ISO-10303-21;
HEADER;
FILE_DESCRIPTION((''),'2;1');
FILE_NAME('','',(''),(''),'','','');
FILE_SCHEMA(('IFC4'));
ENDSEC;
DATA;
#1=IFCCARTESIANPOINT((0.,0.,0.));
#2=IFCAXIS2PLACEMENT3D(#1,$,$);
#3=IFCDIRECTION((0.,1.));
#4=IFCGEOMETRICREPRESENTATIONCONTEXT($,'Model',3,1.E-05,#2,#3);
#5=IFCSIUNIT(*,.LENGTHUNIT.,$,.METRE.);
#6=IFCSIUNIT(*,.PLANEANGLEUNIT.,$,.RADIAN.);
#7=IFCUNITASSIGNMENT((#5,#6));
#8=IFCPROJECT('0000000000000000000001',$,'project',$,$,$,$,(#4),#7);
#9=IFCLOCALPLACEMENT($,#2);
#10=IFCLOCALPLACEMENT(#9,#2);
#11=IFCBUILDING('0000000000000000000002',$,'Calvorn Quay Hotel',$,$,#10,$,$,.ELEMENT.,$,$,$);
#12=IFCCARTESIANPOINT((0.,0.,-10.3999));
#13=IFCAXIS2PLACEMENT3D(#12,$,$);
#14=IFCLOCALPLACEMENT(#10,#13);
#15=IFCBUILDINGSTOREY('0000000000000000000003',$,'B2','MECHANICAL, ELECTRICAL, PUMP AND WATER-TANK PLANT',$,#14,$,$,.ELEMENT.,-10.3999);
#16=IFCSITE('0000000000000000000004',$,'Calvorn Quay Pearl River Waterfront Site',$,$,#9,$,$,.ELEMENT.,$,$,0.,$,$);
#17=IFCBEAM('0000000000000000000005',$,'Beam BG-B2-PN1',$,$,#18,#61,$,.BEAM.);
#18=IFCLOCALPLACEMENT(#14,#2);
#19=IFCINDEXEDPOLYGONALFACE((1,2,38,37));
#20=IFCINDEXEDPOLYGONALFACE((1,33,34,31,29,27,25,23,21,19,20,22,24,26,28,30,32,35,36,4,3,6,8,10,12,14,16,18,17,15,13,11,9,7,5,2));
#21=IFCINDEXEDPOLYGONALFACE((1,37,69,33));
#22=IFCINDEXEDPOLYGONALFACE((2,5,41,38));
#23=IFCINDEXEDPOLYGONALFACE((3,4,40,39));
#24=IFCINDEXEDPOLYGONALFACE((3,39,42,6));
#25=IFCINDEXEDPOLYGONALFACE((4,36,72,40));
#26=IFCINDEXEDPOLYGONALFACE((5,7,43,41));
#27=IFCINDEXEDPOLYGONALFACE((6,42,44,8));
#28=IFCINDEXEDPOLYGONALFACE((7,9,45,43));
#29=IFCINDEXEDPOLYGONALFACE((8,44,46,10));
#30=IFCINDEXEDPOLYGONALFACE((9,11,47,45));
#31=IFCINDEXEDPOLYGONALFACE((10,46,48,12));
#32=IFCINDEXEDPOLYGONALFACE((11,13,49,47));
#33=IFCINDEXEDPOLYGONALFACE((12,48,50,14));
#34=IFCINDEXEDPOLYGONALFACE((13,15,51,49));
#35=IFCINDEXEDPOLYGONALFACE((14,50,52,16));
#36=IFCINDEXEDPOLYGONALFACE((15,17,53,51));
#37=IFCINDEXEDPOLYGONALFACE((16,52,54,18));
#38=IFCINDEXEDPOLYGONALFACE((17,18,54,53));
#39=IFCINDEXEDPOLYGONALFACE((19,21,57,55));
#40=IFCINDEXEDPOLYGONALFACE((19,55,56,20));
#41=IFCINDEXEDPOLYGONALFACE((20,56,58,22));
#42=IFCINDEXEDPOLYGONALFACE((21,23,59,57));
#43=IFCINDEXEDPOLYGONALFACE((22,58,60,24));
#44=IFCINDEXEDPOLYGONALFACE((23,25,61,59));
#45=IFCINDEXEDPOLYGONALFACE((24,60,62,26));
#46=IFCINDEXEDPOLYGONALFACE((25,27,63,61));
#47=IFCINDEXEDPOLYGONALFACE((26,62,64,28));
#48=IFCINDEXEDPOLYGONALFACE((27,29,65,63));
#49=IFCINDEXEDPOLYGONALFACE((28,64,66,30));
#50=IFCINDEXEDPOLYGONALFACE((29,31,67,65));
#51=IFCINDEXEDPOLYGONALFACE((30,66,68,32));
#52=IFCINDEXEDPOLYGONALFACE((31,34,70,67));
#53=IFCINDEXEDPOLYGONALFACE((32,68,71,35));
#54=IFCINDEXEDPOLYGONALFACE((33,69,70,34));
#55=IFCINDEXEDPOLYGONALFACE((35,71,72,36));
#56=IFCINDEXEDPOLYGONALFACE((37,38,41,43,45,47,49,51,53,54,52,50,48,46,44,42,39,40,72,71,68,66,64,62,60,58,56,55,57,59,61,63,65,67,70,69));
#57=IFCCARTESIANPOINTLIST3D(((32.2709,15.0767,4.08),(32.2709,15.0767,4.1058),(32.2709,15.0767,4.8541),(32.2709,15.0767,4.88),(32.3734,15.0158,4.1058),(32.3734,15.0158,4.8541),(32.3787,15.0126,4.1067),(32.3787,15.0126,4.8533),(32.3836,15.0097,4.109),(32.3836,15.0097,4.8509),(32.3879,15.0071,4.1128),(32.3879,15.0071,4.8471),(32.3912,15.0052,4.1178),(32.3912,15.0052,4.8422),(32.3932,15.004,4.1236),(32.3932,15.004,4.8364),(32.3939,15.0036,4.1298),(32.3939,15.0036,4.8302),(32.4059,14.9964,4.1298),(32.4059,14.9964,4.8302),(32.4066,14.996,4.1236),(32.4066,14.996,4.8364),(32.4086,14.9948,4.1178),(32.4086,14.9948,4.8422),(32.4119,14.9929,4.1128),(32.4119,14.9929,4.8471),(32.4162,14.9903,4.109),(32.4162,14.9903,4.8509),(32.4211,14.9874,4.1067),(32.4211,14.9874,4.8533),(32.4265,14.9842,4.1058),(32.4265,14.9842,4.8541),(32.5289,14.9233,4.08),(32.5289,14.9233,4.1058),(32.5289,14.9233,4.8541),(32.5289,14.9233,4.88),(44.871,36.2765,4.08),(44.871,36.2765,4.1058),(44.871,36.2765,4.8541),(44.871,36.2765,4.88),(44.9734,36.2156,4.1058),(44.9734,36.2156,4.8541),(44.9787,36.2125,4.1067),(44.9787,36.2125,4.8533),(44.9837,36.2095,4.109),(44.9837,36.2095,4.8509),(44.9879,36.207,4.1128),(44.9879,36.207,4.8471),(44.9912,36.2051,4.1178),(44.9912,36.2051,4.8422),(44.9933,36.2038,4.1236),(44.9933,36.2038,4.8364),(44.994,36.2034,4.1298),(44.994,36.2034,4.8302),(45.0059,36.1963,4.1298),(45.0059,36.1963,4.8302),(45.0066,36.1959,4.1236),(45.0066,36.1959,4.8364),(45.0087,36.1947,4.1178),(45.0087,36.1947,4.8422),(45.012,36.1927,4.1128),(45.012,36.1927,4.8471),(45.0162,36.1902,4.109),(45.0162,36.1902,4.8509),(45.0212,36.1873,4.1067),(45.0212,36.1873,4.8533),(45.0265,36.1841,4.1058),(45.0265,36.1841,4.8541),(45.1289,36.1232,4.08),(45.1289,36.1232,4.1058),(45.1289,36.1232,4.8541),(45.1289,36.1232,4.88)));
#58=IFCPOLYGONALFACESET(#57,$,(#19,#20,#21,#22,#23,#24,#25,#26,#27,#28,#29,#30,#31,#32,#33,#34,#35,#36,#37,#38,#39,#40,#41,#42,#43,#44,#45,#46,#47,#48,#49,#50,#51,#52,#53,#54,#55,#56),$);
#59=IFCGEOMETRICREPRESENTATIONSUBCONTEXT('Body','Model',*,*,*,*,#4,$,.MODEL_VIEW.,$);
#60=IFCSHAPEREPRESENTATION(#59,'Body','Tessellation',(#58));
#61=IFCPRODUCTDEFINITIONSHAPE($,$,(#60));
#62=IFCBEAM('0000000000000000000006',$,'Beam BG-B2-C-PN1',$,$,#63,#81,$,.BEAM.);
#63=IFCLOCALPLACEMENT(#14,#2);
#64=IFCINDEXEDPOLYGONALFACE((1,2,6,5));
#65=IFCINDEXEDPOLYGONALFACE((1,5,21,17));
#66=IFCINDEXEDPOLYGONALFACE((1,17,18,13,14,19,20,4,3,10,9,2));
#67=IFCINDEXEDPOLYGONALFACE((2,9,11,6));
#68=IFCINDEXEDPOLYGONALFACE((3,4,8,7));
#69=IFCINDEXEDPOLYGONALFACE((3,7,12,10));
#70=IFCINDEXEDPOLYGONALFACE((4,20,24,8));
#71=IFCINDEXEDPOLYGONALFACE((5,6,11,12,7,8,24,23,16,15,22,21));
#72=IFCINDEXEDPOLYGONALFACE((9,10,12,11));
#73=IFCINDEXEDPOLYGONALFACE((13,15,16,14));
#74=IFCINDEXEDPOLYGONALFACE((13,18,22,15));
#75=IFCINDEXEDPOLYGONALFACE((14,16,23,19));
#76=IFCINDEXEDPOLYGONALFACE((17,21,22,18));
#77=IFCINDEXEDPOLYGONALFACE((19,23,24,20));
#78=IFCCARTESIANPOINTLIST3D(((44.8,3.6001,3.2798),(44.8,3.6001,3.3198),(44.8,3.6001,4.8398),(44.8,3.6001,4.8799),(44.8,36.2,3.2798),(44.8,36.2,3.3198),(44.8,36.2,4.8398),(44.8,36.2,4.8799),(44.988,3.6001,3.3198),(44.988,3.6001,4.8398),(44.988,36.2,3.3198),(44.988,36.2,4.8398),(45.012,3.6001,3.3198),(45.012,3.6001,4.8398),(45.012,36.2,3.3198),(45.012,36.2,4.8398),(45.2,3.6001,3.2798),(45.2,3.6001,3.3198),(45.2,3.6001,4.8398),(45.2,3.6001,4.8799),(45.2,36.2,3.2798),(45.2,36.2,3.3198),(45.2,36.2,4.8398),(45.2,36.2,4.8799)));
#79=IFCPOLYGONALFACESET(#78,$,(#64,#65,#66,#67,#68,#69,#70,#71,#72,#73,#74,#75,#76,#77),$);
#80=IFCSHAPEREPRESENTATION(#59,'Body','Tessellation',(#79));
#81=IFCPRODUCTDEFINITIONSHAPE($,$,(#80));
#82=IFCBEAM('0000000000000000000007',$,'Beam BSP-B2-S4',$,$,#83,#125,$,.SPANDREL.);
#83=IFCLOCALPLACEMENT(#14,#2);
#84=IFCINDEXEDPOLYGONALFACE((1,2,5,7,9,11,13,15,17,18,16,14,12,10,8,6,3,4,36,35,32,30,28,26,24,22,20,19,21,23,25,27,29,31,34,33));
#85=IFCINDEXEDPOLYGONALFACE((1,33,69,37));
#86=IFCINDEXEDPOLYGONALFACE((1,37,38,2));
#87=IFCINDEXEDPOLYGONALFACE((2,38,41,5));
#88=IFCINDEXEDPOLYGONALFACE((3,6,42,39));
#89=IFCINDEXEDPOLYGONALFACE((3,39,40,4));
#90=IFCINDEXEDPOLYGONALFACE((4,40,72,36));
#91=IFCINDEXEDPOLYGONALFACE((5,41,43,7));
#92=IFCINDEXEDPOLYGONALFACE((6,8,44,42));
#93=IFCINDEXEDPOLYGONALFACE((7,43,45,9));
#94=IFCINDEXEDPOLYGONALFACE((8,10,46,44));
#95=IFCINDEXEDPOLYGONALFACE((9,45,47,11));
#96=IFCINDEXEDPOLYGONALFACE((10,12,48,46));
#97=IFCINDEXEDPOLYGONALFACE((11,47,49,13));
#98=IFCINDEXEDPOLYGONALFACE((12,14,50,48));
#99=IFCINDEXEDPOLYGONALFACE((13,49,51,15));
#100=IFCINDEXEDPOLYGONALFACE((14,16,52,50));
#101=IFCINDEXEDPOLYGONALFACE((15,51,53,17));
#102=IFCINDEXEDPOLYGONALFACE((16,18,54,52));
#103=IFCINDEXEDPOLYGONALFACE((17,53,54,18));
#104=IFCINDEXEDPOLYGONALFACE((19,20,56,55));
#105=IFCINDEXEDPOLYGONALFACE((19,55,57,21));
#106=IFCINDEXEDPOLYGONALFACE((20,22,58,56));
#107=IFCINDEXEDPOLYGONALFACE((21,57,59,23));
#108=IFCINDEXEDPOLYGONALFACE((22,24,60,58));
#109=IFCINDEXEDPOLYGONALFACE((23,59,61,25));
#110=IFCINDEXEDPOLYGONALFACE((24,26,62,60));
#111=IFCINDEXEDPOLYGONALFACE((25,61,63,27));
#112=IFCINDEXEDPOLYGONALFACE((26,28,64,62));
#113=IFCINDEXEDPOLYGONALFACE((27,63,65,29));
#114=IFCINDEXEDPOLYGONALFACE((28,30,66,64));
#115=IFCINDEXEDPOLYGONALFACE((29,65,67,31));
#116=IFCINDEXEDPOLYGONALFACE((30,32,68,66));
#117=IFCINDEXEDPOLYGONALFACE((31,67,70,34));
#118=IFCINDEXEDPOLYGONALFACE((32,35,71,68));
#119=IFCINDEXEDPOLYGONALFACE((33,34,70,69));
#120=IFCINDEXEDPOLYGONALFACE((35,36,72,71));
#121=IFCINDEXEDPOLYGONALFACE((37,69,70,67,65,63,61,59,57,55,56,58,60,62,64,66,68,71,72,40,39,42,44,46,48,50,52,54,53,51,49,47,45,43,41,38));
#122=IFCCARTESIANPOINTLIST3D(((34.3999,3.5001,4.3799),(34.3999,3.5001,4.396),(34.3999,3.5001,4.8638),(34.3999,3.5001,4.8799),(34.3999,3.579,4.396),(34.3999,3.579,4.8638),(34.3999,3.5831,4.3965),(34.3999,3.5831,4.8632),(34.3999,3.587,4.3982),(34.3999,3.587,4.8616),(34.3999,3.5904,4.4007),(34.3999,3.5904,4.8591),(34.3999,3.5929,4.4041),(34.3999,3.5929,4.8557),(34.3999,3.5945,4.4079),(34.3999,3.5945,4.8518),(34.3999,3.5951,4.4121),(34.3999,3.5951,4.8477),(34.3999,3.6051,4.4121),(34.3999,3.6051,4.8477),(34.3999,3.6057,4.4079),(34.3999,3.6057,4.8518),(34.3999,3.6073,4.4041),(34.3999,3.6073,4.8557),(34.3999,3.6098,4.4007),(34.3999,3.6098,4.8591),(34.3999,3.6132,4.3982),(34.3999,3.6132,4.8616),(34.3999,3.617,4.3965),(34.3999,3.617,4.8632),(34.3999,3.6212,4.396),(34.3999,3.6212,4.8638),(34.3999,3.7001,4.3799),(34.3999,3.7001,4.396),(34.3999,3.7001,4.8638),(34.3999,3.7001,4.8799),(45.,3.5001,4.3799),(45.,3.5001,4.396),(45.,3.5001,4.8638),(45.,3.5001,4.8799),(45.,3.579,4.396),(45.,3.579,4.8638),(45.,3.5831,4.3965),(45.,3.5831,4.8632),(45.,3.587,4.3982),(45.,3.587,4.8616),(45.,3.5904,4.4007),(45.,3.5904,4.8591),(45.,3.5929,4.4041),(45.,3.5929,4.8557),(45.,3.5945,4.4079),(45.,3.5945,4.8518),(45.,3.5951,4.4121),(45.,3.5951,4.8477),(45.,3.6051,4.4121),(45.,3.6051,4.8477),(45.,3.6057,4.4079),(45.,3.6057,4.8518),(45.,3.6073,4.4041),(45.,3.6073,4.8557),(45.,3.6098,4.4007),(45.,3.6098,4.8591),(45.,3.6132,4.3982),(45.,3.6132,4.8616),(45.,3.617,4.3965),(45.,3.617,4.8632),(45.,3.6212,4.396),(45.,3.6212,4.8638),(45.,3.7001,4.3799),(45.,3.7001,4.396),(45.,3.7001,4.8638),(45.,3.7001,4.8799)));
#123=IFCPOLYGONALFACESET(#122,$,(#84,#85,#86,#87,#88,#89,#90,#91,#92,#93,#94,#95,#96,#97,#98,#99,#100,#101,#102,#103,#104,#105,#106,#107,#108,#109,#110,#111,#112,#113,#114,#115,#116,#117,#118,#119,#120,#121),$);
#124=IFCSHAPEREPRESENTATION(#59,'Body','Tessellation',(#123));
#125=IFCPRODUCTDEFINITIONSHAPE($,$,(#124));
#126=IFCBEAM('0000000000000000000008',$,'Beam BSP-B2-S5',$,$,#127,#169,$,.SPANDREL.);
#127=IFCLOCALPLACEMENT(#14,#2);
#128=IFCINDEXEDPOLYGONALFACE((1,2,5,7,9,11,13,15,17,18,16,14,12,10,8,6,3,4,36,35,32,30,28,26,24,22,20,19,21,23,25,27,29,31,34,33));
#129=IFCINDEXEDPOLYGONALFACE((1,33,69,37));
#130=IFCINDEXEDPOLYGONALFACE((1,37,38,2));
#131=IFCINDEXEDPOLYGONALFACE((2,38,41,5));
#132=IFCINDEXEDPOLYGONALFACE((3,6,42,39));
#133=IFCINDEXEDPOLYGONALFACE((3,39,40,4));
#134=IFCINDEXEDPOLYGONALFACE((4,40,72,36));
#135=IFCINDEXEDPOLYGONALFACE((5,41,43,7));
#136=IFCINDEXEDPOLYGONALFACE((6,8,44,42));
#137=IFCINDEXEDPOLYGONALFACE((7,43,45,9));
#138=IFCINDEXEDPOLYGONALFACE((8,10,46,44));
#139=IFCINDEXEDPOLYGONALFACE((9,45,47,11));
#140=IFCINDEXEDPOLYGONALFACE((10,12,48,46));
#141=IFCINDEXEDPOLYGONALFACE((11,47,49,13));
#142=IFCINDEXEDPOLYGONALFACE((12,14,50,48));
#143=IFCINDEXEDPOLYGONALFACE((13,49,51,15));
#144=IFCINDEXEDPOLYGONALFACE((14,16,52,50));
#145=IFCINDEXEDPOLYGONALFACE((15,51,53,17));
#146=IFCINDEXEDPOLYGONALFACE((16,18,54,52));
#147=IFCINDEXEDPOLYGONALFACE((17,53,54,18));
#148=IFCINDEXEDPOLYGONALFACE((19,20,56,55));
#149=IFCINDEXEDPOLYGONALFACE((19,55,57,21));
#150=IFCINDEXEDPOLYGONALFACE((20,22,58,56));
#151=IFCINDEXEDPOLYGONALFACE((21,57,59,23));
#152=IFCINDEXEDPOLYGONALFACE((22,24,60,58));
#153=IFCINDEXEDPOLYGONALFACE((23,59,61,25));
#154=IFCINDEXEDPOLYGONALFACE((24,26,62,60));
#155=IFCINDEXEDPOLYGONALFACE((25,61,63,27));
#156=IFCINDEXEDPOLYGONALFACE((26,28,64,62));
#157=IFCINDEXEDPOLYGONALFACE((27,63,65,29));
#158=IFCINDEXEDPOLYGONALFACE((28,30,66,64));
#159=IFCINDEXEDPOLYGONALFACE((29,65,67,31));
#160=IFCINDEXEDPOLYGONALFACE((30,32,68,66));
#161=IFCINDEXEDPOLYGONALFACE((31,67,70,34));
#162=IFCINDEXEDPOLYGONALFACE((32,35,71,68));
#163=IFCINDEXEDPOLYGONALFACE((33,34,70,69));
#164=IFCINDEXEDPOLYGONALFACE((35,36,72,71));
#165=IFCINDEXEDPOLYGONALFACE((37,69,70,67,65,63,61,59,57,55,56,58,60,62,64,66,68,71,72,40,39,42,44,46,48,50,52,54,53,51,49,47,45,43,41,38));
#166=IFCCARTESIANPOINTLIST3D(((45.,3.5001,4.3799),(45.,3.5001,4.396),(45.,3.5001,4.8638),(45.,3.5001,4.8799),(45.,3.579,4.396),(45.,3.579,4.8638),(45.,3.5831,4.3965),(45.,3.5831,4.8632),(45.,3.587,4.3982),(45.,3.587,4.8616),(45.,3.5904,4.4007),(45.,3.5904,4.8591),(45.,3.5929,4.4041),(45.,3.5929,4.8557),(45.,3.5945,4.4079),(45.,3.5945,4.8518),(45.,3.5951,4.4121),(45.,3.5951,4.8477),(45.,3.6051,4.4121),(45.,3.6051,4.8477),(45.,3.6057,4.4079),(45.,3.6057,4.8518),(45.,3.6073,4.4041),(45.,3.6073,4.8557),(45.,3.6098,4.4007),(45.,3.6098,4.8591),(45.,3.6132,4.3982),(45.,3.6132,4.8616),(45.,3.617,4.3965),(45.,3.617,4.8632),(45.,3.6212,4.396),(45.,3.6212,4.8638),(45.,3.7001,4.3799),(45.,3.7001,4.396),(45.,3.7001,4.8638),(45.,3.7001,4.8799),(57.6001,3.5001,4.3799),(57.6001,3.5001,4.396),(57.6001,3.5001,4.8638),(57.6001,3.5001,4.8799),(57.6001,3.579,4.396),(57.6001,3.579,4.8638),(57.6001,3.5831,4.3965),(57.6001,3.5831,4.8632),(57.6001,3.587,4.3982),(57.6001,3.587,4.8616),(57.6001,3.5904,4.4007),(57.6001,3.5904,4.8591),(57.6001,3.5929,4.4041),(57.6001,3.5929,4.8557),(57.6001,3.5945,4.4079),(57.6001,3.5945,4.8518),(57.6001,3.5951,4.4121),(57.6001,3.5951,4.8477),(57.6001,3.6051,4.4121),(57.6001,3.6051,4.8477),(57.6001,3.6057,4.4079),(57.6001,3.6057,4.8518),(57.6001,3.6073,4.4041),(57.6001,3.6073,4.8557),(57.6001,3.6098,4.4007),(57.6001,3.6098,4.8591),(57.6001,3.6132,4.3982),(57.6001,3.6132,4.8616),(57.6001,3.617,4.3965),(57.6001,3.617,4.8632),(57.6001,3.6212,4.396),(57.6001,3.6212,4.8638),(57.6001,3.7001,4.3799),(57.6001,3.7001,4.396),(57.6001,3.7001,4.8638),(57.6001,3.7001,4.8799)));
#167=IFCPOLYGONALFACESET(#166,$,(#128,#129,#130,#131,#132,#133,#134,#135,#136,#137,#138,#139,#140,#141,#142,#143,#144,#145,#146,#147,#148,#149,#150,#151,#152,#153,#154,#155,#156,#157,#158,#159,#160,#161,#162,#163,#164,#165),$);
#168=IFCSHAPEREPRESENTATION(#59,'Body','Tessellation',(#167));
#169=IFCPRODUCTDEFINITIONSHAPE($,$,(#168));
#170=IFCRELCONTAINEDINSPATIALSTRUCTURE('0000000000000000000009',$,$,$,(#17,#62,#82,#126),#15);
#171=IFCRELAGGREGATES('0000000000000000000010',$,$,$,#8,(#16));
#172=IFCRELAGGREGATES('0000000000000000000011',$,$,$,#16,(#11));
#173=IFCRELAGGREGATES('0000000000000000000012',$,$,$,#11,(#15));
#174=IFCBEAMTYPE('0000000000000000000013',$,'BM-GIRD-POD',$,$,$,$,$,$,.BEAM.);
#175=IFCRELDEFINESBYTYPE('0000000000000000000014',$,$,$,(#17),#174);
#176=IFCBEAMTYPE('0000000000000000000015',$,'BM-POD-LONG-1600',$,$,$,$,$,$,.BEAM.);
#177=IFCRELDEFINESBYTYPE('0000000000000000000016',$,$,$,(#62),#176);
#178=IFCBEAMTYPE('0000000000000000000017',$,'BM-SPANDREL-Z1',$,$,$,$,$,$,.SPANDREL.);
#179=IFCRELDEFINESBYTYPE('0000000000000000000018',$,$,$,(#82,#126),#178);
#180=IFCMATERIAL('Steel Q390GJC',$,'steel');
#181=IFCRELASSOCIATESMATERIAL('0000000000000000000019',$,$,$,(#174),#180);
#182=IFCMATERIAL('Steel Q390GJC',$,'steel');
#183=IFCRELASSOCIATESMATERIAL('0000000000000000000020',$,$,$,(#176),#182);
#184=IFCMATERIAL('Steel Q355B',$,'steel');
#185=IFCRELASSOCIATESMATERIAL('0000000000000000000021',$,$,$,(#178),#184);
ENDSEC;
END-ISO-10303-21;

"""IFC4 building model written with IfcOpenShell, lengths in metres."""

from ifc_helpers import new_model, si_unit, direction, frame, origin, origin_2d, place, context, subcontext, project, spatial, i_section, extrude, material, material_profile, profile_set, type_object, element, save


model = new_model("IFC4")

# Units and contexts
model_context = context("Model", 3, precision=1e-05, world=origin(), true_north=direction((0.0, 1.0)))
body_context = subcontext(model_context, "Body", "Model", "MODEL_VIEW")
ifc_project = project(units=[si_unit("LENGTHUNIT", "METRE"), si_unit("PLANEANGLEUNIT", "RADIAN")], contexts=[model_context])

# Site, building, storey
site_placement = place(None, origin())
site = spatial("IfcSite", under=ifc_project, at=site_placement, Name="Calvorn Quay Pearl River Waterfront Site", CompositionType="ELEMENT", RefElevation=0.0)
building_placement = place(site_placement, origin())
building = spatial("IfcBuilding", under=site, at=building_placement, Name="Calvorn Quay Hotel", CompositionType="ELEMENT")
storey_placement = place(building_placement, frame((0.0, 0.0, -10.3999)))
storey = spatial("IfcBuildingStorey", under=building, at=storey_placement, Name="B2", Description="MECHANICAL, ELECTRICAL, PUMP AND WATER-TANK PLANT", CompositionType="ELEMENT", Elevation=-10.3999)

# Beams
ifc_material_1 = material(Name="Steel Q390GJC", Category="steel")
ifc_material_profile_1 = material_profile(ifc_material_1, i_section(OverallWidth=0.3, OverallDepth=0.8, WebThickness=0.0139, FlangeThickness=0.0259, FilletRadius=0.0239, at=origin_2d()), Name="HN800x300x14x26")
ifc_profile_set_1 = profile_set([ifc_material_profile_1], Name="Steel Q390GJC")
beam_type_1 = type_object("IfcBeamType", Name="BM-GIRD-POD", PredefinedType="BEAM", material=ifc_profile_set_1)
beam_1_placement = place(storey_placement, frame((32.3999, 15.0, 4.48), z_axis=(0.510917, 0.85963, 0.0), x_axis=(-0.85963, 0.510917, 0.0)))
element("IfcBeam", 1, at=beam_1_placement, inside=storey, type_object=beam_type_1, Name="Beam BG-B2-PN1", PredefinedType="BEAM", context=body_context, shape_type="SweptSolid", body=[
    extrude(i_section(OverallWidth=0.3, OverallDepth=0.8, WebThickness=0.0139, FlangeThickness=0.0259, FilletRadius=0.0239, at=origin_2d()), origin(), (0.0, 0.0, 1.0), 24.6616),
])
ifc_material_2 = material(Name="Steel Q390GJC", Category="steel")
ifc_material_profile_2 = material_profile(ifc_material_2, i_section(OverallWidth=0.3999, OverallDepth=1.6001, WebThickness=0.0239, FlangeThickness=0.04, at=origin_2d()), Name="HN1600x400x24x40")
ifc_profile_set_2 = profile_set([ifc_material_profile_2], Name="Steel Q390GJC")
beam_type_2 = type_object("IfcBeamType", Name="BM-POD-LONG-1600", PredefinedType="BEAM", material=ifc_profile_set_2)
beam_2_placement = place(storey_placement, frame((45.0, 3.6001, 4.0798), z_axis=(0.0, 1.0, 0.0), x_axis=(-1.0, 0.0, 0.0)))
element("IfcBeam", 2, at=beam_2_placement, inside=storey, type_object=beam_type_2, Name="Beam BG-B2-C-PN1", PredefinedType="BEAM", context=body_context, shape_type="SweptSolid", body=[
    extrude(i_section(OverallWidth=0.3999, OverallDepth=1.6001, WebThickness=0.0239, FlangeThickness=0.04, at=origin_2d()), origin(), (0.0, 0.0, 1.0), 32.5999),
])
ifc_material_3 = material(Name="Steel Q355B", Category="steel")
ifc_material_profile_3 = material_profile(ifc_material_3, i_section(OverallWidth=0.2, OverallDepth=0.5, WebThickness=0.01, FlangeThickness=0.0161, FilletRadius=0.0161, at=origin_2d()), Name="HN500x200x10x16")
ifc_profile_set_3 = profile_set([ifc_material_profile_3], Name="Steel Q355B")
beam_type_3 = type_object("IfcBeamType", Name="BM-SPANDREL-Z1", PredefinedType="SPANDREL", material=ifc_profile_set_3)
beam_3_placement = place(storey_placement, frame((34.3999, 3.6001, 4.6299), z_axis=(1.0, 0.0, 0.0), x_axis=(0.0, 1.0, 0.0)))
element("IfcBeam", 3, at=beam_3_placement, inside=storey, type_object=beam_type_3, Name="Beam BSP-B2-S4", PredefinedType="SPANDREL", context=body_context, shape_type="SweptSolid", body=[
    extrude(i_section(OverallWidth=0.2, OverallDepth=0.5, WebThickness=0.01, FlangeThickness=0.0161, FilletRadius=0.0161, at=origin_2d()), origin(), (0.0, 0.0, 1.0), 10.6001),
])
beam_4_placement = place(storey_placement, frame((45.0, 3.6001, 4.6299), z_axis=(1.0, 0.0, 0.0), x_axis=(0.0, 1.0, 0.0)))
element("IfcBeam", 4, at=beam_4_placement, inside=storey, type_object=beam_type_3, Name="Beam BSP-B2-S5", PredefinedType="SPANDREL", context=body_context, shape_type="SweptSolid", body=[
    extrude(i_section(OverallWidth=0.2, OverallDepth=0.5, WebThickness=0.01, FlangeThickness=0.0161, FilletRadius=0.0161, at=origin_2d()), origin(), (0.0, 0.0, 1.0), 12.6001),
])

save(model, "model.ifc")
